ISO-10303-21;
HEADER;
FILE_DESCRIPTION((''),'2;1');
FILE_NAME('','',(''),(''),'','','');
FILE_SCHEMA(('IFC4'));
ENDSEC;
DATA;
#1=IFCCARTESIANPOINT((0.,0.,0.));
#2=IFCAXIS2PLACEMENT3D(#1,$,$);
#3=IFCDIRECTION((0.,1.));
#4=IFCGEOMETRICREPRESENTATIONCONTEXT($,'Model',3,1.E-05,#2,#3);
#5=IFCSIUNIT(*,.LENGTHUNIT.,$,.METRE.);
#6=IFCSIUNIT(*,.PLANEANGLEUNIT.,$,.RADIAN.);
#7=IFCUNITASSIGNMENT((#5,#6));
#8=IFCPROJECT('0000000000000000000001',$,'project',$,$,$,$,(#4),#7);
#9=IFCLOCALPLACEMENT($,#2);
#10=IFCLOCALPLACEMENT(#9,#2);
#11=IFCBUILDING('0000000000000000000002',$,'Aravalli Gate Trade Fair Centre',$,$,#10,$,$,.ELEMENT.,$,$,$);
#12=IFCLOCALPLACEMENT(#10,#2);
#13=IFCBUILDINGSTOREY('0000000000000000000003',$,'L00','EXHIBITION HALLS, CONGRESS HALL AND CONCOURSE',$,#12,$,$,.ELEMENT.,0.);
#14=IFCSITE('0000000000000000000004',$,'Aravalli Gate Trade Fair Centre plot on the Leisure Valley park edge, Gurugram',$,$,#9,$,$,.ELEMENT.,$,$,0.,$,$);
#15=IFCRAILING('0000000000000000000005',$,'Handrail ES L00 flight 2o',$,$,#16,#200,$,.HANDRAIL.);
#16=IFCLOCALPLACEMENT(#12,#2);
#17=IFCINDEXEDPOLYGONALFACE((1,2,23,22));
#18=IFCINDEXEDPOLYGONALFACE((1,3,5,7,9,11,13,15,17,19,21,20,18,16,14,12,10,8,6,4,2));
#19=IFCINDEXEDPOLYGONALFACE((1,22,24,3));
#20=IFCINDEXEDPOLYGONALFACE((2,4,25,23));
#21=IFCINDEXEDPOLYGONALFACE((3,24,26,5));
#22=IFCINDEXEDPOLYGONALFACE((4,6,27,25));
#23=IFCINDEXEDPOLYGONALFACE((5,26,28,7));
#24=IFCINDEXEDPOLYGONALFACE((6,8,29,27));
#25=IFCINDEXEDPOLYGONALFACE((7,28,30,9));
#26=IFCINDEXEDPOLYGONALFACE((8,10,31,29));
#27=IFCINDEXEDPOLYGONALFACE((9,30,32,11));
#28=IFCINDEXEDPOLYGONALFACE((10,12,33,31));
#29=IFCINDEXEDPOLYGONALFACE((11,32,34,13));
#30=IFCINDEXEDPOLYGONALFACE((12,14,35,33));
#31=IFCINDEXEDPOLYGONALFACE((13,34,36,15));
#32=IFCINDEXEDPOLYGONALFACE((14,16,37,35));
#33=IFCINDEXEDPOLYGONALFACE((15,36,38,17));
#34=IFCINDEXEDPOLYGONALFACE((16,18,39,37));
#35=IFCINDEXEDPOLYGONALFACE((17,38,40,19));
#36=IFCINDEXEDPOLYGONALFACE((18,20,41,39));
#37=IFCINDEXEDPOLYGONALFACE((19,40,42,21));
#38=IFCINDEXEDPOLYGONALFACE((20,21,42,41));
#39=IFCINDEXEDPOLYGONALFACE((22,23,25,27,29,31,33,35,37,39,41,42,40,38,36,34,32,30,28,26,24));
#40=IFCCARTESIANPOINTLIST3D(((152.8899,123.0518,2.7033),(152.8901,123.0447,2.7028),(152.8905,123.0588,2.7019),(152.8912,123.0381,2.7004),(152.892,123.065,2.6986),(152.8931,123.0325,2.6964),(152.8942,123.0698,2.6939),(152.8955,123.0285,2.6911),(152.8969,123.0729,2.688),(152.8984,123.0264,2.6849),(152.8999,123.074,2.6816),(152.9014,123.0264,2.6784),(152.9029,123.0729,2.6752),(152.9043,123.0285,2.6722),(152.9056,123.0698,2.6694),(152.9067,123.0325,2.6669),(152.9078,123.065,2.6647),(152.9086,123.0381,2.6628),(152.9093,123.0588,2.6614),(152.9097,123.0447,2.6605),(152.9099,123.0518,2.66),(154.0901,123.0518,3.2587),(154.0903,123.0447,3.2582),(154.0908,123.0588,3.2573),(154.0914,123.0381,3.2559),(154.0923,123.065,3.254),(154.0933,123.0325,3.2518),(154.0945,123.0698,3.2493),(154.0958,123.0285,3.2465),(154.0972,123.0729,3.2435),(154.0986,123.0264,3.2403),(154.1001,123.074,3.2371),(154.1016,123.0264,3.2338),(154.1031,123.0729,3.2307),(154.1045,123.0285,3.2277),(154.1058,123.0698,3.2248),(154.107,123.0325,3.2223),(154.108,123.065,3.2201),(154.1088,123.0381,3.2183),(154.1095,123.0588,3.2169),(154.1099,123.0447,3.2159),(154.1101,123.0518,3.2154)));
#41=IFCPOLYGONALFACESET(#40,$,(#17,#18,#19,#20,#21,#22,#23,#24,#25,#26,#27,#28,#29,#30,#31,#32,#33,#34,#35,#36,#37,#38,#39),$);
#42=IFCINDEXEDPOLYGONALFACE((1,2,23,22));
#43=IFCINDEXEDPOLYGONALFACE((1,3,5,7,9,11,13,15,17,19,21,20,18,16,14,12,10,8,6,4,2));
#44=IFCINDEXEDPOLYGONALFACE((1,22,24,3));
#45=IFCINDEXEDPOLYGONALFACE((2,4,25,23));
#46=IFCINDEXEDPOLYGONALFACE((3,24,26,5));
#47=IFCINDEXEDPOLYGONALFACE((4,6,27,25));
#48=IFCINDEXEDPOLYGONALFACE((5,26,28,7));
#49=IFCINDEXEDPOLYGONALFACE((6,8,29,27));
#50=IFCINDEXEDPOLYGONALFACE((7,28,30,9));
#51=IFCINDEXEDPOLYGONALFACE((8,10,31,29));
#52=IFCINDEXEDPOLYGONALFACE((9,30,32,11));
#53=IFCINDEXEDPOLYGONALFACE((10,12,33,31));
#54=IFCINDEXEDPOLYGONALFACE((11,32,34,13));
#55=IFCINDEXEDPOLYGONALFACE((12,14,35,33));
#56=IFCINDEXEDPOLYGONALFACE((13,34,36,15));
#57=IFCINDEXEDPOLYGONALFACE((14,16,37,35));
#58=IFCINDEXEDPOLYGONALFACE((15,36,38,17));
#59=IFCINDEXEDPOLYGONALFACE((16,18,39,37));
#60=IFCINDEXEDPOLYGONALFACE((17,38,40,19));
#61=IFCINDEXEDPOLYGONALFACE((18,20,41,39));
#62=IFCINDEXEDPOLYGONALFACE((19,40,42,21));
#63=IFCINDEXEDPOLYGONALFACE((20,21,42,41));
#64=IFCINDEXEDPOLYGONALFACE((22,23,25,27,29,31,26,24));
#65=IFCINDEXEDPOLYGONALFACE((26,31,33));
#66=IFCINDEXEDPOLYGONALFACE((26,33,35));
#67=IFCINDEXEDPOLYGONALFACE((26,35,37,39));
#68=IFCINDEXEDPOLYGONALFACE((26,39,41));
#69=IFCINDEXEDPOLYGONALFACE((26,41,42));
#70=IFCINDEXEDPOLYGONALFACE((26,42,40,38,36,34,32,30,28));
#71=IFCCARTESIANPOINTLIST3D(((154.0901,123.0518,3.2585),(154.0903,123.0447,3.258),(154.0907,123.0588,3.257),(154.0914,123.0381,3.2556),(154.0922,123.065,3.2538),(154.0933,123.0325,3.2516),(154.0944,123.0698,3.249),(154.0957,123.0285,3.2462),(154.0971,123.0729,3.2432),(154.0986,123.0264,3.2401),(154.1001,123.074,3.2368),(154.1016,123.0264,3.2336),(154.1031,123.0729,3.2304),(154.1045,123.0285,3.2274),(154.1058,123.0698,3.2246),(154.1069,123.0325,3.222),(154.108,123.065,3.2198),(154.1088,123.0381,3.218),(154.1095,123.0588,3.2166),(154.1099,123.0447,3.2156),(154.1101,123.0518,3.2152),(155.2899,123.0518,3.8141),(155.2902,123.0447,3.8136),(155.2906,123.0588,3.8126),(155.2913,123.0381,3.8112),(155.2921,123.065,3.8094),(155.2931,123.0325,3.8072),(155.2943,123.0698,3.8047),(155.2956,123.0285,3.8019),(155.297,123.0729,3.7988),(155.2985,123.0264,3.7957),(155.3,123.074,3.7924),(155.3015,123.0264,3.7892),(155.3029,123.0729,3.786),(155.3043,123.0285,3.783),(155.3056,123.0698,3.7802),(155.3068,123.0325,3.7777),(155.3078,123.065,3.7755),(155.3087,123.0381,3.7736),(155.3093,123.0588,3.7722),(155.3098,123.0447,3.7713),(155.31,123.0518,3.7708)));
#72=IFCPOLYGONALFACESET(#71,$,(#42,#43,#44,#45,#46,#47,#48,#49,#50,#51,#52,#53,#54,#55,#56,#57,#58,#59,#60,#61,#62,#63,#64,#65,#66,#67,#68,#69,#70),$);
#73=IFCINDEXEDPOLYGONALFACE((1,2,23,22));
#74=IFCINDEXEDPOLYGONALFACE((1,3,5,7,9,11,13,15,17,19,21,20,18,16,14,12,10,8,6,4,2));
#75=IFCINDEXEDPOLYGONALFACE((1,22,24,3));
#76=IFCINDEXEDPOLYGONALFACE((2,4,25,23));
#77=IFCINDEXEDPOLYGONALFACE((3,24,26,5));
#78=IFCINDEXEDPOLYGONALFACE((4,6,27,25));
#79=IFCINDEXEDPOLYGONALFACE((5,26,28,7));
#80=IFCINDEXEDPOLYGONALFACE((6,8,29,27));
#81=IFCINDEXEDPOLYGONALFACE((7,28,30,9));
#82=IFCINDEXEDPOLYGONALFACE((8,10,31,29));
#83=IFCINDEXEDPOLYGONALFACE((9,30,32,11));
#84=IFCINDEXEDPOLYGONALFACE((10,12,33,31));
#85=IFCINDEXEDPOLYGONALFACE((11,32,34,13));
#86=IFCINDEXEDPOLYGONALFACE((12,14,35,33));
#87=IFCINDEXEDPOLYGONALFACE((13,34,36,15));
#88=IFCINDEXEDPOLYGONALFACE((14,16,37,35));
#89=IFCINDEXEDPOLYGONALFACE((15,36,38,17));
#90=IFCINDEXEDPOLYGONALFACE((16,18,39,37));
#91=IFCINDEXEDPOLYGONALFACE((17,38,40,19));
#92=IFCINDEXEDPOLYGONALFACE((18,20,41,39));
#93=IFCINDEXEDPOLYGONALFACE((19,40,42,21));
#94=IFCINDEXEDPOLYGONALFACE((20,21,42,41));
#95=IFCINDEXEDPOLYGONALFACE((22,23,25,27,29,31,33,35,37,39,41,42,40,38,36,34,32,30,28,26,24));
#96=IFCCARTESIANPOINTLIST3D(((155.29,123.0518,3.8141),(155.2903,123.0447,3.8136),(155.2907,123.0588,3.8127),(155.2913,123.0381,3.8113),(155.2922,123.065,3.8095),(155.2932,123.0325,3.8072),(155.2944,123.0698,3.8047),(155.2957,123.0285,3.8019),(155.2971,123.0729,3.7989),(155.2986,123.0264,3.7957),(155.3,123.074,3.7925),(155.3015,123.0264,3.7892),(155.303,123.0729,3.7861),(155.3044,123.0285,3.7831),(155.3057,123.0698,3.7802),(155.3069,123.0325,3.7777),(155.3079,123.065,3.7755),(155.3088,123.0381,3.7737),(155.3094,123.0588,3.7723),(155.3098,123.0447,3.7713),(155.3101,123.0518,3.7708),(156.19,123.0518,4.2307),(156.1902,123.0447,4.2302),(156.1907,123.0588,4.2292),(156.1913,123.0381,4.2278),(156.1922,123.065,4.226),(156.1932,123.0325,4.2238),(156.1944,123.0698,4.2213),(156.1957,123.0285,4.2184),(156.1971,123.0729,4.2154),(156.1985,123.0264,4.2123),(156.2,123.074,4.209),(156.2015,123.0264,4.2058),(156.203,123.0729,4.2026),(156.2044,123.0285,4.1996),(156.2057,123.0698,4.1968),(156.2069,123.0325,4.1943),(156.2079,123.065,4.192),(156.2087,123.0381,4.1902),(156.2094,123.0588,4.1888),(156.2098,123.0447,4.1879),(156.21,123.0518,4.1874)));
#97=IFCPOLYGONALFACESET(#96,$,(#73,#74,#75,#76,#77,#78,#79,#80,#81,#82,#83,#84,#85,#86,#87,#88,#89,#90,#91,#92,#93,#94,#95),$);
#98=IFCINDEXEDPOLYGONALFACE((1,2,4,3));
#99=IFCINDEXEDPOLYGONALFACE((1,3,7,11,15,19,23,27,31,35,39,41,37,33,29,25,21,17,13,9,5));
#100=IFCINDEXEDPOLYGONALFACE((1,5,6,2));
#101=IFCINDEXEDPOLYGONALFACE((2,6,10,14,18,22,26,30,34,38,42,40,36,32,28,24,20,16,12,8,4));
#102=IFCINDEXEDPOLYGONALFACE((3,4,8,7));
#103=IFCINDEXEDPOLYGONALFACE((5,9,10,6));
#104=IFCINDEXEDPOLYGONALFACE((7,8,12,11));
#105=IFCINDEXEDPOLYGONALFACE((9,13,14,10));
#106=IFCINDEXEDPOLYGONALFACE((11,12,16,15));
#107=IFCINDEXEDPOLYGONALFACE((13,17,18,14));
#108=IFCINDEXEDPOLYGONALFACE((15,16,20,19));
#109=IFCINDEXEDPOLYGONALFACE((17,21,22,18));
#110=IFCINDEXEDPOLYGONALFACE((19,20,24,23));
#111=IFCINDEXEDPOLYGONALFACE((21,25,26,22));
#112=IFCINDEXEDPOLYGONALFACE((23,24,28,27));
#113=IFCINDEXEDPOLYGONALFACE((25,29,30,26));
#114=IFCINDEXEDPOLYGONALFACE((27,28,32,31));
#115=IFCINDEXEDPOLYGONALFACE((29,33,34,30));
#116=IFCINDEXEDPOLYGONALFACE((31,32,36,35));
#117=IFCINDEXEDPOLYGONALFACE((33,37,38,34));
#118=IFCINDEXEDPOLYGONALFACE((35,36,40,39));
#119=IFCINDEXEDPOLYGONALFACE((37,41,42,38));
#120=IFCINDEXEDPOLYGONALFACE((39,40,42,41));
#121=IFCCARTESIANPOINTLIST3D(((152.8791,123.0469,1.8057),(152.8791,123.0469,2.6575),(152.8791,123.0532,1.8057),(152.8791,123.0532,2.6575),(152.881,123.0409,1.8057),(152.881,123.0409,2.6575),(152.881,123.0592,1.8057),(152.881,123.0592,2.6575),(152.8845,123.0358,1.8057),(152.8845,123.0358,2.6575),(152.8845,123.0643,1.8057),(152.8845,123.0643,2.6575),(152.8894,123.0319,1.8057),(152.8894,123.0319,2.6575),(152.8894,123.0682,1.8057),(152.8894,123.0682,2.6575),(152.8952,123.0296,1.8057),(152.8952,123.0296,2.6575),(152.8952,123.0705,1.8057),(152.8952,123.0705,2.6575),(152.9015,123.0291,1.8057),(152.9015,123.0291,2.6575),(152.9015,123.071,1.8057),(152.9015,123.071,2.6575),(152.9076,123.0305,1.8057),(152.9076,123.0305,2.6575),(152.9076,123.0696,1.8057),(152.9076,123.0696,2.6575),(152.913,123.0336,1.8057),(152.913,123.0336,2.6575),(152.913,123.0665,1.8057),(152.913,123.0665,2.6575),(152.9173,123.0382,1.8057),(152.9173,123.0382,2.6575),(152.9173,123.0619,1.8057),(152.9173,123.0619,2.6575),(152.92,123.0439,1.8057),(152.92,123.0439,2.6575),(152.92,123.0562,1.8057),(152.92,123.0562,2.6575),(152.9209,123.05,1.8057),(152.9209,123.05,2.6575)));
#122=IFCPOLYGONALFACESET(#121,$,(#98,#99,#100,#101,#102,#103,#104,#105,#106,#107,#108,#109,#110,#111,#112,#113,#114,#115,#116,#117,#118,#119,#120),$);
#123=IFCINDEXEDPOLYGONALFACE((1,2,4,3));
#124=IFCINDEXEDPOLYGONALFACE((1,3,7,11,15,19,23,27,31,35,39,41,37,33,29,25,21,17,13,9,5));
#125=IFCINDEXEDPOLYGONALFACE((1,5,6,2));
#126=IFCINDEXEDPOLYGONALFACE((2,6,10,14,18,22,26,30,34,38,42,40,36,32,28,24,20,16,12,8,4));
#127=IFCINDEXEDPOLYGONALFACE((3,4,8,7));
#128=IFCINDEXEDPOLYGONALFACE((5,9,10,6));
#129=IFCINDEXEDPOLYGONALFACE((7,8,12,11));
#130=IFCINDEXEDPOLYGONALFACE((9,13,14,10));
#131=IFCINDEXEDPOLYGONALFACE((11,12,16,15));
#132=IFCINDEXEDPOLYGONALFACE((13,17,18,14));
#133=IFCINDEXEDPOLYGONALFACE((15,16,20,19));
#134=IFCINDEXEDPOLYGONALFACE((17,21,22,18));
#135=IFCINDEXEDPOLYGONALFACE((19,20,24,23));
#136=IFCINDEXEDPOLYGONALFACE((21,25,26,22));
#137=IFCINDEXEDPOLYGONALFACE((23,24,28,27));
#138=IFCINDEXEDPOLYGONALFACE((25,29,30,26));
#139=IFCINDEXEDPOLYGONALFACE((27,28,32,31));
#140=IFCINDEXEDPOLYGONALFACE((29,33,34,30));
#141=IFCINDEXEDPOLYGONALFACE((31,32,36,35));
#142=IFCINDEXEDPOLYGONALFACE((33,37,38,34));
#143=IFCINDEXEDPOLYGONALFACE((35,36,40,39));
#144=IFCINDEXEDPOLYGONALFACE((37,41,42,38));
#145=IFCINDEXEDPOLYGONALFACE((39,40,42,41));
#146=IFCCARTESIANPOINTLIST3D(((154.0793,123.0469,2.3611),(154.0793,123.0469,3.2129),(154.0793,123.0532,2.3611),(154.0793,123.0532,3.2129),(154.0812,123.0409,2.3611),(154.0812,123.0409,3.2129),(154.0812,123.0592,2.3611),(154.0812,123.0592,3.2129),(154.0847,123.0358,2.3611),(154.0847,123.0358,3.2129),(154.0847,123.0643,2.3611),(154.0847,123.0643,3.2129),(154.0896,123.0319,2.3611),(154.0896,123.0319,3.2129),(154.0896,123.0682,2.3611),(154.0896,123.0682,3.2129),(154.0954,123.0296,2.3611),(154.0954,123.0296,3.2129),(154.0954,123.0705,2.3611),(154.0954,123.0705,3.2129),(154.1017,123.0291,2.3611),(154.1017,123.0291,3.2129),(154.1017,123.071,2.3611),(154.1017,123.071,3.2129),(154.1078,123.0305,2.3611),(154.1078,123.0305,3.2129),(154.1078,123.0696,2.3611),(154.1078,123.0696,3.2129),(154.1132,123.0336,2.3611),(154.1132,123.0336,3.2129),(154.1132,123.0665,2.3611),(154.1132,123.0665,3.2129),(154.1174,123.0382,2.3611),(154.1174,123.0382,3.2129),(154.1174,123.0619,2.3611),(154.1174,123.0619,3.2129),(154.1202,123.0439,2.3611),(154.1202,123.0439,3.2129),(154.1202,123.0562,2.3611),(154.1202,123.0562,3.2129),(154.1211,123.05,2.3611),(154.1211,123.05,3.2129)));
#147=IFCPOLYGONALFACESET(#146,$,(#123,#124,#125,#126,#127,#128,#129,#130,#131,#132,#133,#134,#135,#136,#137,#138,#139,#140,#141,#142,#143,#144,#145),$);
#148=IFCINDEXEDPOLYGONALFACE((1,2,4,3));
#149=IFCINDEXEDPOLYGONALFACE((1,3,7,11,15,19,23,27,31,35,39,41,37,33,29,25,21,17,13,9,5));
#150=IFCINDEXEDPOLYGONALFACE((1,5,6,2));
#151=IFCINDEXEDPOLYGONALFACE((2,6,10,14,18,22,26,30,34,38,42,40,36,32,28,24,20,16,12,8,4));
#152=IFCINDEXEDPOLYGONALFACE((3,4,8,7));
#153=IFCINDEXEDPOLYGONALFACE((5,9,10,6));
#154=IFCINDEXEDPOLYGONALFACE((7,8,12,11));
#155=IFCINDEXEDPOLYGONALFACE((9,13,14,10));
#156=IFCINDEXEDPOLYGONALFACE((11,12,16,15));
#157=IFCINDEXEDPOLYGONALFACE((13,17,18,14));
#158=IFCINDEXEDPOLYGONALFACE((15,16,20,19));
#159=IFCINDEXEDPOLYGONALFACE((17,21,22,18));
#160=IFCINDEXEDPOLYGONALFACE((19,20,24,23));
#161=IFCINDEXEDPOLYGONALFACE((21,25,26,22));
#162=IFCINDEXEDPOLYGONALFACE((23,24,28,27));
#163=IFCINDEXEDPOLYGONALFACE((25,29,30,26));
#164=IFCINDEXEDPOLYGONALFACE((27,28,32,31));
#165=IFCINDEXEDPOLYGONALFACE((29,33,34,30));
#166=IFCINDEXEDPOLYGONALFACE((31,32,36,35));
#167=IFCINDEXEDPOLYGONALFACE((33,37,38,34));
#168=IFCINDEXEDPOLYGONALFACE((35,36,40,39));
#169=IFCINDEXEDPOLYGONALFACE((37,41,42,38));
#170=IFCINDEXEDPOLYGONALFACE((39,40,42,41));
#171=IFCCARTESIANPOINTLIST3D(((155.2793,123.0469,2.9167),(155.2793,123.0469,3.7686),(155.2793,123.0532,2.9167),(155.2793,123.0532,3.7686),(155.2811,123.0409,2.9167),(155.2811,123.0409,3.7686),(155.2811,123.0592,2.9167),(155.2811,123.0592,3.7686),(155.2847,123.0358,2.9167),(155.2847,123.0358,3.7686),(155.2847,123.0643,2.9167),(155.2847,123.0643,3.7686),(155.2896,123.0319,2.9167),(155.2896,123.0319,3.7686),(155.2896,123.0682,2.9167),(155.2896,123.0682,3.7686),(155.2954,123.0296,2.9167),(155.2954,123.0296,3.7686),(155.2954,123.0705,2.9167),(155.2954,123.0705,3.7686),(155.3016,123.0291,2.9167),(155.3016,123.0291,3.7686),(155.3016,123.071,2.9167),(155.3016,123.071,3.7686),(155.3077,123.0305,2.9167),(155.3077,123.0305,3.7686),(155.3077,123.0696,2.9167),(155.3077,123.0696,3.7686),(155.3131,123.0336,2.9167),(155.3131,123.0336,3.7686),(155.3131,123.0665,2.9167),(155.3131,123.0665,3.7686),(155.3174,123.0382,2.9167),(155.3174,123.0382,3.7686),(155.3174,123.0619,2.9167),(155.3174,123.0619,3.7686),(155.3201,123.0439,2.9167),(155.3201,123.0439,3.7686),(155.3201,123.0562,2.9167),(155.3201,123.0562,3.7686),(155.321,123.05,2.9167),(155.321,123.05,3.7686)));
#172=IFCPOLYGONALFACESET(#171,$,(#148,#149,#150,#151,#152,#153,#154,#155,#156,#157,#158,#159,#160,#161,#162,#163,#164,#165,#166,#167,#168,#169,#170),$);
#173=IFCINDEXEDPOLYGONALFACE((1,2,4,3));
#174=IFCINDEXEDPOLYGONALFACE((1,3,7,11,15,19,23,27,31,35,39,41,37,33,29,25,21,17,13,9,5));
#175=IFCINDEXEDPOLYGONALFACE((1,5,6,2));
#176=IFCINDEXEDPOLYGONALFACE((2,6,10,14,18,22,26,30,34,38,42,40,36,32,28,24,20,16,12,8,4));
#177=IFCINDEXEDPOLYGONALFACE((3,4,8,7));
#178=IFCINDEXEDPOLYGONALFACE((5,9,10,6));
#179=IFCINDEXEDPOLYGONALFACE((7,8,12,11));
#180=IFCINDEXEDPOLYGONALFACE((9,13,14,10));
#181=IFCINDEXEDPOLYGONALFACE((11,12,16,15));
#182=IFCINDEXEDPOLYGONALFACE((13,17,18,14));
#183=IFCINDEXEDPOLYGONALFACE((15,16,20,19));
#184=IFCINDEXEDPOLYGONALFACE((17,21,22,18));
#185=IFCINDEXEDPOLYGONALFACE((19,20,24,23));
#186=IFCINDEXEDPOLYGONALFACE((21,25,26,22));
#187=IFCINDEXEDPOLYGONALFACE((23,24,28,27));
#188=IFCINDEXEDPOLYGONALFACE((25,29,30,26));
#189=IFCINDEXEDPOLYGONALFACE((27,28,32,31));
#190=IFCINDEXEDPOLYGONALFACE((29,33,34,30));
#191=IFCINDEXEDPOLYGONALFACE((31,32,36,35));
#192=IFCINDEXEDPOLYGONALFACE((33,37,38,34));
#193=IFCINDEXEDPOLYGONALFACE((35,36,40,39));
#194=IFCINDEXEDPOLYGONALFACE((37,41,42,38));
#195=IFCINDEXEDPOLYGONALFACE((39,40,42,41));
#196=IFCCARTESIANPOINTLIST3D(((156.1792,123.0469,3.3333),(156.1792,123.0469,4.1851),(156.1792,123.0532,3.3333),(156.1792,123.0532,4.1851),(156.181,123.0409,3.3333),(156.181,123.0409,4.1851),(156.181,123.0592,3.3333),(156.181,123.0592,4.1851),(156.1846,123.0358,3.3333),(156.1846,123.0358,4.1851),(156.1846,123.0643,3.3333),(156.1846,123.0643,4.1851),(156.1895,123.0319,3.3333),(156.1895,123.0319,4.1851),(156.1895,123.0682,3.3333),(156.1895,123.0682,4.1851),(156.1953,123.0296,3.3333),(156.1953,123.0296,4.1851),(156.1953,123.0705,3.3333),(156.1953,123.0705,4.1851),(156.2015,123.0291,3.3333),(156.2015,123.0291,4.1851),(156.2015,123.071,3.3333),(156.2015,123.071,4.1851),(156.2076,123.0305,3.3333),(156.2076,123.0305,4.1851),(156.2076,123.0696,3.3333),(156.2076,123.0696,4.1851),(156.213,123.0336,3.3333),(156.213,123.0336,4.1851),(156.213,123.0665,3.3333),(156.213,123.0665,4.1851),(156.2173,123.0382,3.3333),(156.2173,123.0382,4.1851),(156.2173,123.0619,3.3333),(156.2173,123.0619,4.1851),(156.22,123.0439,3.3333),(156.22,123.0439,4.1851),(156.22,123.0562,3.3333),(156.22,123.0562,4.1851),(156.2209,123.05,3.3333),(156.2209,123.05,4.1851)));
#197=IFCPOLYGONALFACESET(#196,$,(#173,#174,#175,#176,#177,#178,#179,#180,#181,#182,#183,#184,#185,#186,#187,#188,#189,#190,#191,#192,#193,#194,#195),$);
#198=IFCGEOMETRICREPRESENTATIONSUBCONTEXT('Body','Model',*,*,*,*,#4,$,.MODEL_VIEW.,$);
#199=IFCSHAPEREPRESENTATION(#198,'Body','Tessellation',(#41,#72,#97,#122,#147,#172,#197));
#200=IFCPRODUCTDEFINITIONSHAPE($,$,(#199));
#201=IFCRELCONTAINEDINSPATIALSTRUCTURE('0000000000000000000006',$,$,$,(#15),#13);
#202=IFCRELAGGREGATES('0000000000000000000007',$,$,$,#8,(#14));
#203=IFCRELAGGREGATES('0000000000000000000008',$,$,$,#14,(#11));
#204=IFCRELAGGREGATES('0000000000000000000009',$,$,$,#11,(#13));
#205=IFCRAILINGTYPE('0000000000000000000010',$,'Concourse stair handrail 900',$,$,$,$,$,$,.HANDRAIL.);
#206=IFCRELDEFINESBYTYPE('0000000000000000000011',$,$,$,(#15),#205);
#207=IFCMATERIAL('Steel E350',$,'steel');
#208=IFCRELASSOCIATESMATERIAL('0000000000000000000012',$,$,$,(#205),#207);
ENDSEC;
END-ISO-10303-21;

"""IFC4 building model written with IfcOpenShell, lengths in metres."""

from ifc_helpers import new_model, si_unit, direction, frame, origin, origin_2d, place, context, subcontext, project, spatial, circle, extrude, material, type_object, element, save


model = new_model("IFC4")

# Units and contexts
model_context = context("Model", 3, precision=1e-05, world=origin(), true_north=direction((0.0, 1.0)))
body_context = subcontext(model_context, "Body", "Model", "MODEL_VIEW")
ifc_project = project(units=[si_unit("LENGTHUNIT", "METRE"), si_unit("PLANEANGLEUNIT", "RADIAN")], contexts=[model_context])

# Site, building, storey
site_placement = place(None, origin())
site = spatial("IfcSite", under=ifc_project, at=site_placement, Name="Aravalli Gate Trade Fair Centre plot on the Leisure Valley park edge, Gurugram", CompositionType="ELEMENT", RefElevation=0.0)
building_placement = place(site_placement, origin())
building = spatial("IfcBuilding", under=site, at=building_placement, Name="Aravalli Gate Trade Fair Centre", CompositionType="ELEMENT")
storey_placement = place(building_placement, origin())
storey = spatial("IfcBuildingStorey", under=building, at=storey_placement, Name="L00", Description="EXHIBITION HALLS, CONGRESS HALL AND CONCOURSE", CompositionType="ELEMENT", Elevation=0.0)

# Shared definitions
ifc_material_1 = material(Name="Steel E350", Category="steel")

# Railing
railing_type = type_object("IfcRailingType", Name="Concourse stair handrail 900", PredefinedType="HANDRAIL", material=ifc_material_1)
for number, where, name in (
    (1, (152.8999, 123.05, 1.8057), "Handrail ES L00 flight 2o"),
):
    element("IfcRailing", number, at=place(storey_placement, frame(where)), inside=storey, type_object=railing_type, Name=name, PredefinedType="HANDRAIL", context=body_context, shape_type="SweptSolid", body=[
        extrude(circle(Radius=0.0239, at=origin_2d()), frame((0.0, 0.0, 0.876), z_axis=(0.907532, 0.0, 0.419983), x_axis=(0.0, 1.0, 0.0)), (0.0, 0.0, 1.0), 1.3225),
        extrude(circle(Radius=0.0239, at=origin_2d()), frame((1.2002, 0.0, 1.4312), z_axis=(0.907429, 0.0, 0.420205), x_axis=(0.0, 1.0, 0.0)), (0.0, 0.0, 1.0), 1.3223),
        extrude(circle(Radius=0.0239, at=origin_2d()), frame((2.4001, 0.0, 1.9868), z_axis=(0.907512, 0.0, 0.420026), x_axis=(0.0, 1.0, 0.0)), (0.0, 0.0, 1.0), 0.9917),
        extrude(circle(Radius=0.021, at=origin_2d()), origin(), (0.0, 0.0, 1.0), 0.8518),
        extrude(circle(Radius=0.021, at=origin_2d()), frame((1.2002, 0.0, 0.5554)), (0.0, 0.0, 1.0), 0.8518),
        extrude(circle(Radius=0.021, at=origin_2d()), frame((2.4001, 0.0, 1.1111)), (0.0, 0.0, 1.0), 0.8518),
        extrude(circle(Radius=0.021, at=origin_2d()), frame((3.3, 0.0, 1.5276)), (0.0, 0.0, 1.0), 0.8518),
    ])

save(model, "model.ifc")
